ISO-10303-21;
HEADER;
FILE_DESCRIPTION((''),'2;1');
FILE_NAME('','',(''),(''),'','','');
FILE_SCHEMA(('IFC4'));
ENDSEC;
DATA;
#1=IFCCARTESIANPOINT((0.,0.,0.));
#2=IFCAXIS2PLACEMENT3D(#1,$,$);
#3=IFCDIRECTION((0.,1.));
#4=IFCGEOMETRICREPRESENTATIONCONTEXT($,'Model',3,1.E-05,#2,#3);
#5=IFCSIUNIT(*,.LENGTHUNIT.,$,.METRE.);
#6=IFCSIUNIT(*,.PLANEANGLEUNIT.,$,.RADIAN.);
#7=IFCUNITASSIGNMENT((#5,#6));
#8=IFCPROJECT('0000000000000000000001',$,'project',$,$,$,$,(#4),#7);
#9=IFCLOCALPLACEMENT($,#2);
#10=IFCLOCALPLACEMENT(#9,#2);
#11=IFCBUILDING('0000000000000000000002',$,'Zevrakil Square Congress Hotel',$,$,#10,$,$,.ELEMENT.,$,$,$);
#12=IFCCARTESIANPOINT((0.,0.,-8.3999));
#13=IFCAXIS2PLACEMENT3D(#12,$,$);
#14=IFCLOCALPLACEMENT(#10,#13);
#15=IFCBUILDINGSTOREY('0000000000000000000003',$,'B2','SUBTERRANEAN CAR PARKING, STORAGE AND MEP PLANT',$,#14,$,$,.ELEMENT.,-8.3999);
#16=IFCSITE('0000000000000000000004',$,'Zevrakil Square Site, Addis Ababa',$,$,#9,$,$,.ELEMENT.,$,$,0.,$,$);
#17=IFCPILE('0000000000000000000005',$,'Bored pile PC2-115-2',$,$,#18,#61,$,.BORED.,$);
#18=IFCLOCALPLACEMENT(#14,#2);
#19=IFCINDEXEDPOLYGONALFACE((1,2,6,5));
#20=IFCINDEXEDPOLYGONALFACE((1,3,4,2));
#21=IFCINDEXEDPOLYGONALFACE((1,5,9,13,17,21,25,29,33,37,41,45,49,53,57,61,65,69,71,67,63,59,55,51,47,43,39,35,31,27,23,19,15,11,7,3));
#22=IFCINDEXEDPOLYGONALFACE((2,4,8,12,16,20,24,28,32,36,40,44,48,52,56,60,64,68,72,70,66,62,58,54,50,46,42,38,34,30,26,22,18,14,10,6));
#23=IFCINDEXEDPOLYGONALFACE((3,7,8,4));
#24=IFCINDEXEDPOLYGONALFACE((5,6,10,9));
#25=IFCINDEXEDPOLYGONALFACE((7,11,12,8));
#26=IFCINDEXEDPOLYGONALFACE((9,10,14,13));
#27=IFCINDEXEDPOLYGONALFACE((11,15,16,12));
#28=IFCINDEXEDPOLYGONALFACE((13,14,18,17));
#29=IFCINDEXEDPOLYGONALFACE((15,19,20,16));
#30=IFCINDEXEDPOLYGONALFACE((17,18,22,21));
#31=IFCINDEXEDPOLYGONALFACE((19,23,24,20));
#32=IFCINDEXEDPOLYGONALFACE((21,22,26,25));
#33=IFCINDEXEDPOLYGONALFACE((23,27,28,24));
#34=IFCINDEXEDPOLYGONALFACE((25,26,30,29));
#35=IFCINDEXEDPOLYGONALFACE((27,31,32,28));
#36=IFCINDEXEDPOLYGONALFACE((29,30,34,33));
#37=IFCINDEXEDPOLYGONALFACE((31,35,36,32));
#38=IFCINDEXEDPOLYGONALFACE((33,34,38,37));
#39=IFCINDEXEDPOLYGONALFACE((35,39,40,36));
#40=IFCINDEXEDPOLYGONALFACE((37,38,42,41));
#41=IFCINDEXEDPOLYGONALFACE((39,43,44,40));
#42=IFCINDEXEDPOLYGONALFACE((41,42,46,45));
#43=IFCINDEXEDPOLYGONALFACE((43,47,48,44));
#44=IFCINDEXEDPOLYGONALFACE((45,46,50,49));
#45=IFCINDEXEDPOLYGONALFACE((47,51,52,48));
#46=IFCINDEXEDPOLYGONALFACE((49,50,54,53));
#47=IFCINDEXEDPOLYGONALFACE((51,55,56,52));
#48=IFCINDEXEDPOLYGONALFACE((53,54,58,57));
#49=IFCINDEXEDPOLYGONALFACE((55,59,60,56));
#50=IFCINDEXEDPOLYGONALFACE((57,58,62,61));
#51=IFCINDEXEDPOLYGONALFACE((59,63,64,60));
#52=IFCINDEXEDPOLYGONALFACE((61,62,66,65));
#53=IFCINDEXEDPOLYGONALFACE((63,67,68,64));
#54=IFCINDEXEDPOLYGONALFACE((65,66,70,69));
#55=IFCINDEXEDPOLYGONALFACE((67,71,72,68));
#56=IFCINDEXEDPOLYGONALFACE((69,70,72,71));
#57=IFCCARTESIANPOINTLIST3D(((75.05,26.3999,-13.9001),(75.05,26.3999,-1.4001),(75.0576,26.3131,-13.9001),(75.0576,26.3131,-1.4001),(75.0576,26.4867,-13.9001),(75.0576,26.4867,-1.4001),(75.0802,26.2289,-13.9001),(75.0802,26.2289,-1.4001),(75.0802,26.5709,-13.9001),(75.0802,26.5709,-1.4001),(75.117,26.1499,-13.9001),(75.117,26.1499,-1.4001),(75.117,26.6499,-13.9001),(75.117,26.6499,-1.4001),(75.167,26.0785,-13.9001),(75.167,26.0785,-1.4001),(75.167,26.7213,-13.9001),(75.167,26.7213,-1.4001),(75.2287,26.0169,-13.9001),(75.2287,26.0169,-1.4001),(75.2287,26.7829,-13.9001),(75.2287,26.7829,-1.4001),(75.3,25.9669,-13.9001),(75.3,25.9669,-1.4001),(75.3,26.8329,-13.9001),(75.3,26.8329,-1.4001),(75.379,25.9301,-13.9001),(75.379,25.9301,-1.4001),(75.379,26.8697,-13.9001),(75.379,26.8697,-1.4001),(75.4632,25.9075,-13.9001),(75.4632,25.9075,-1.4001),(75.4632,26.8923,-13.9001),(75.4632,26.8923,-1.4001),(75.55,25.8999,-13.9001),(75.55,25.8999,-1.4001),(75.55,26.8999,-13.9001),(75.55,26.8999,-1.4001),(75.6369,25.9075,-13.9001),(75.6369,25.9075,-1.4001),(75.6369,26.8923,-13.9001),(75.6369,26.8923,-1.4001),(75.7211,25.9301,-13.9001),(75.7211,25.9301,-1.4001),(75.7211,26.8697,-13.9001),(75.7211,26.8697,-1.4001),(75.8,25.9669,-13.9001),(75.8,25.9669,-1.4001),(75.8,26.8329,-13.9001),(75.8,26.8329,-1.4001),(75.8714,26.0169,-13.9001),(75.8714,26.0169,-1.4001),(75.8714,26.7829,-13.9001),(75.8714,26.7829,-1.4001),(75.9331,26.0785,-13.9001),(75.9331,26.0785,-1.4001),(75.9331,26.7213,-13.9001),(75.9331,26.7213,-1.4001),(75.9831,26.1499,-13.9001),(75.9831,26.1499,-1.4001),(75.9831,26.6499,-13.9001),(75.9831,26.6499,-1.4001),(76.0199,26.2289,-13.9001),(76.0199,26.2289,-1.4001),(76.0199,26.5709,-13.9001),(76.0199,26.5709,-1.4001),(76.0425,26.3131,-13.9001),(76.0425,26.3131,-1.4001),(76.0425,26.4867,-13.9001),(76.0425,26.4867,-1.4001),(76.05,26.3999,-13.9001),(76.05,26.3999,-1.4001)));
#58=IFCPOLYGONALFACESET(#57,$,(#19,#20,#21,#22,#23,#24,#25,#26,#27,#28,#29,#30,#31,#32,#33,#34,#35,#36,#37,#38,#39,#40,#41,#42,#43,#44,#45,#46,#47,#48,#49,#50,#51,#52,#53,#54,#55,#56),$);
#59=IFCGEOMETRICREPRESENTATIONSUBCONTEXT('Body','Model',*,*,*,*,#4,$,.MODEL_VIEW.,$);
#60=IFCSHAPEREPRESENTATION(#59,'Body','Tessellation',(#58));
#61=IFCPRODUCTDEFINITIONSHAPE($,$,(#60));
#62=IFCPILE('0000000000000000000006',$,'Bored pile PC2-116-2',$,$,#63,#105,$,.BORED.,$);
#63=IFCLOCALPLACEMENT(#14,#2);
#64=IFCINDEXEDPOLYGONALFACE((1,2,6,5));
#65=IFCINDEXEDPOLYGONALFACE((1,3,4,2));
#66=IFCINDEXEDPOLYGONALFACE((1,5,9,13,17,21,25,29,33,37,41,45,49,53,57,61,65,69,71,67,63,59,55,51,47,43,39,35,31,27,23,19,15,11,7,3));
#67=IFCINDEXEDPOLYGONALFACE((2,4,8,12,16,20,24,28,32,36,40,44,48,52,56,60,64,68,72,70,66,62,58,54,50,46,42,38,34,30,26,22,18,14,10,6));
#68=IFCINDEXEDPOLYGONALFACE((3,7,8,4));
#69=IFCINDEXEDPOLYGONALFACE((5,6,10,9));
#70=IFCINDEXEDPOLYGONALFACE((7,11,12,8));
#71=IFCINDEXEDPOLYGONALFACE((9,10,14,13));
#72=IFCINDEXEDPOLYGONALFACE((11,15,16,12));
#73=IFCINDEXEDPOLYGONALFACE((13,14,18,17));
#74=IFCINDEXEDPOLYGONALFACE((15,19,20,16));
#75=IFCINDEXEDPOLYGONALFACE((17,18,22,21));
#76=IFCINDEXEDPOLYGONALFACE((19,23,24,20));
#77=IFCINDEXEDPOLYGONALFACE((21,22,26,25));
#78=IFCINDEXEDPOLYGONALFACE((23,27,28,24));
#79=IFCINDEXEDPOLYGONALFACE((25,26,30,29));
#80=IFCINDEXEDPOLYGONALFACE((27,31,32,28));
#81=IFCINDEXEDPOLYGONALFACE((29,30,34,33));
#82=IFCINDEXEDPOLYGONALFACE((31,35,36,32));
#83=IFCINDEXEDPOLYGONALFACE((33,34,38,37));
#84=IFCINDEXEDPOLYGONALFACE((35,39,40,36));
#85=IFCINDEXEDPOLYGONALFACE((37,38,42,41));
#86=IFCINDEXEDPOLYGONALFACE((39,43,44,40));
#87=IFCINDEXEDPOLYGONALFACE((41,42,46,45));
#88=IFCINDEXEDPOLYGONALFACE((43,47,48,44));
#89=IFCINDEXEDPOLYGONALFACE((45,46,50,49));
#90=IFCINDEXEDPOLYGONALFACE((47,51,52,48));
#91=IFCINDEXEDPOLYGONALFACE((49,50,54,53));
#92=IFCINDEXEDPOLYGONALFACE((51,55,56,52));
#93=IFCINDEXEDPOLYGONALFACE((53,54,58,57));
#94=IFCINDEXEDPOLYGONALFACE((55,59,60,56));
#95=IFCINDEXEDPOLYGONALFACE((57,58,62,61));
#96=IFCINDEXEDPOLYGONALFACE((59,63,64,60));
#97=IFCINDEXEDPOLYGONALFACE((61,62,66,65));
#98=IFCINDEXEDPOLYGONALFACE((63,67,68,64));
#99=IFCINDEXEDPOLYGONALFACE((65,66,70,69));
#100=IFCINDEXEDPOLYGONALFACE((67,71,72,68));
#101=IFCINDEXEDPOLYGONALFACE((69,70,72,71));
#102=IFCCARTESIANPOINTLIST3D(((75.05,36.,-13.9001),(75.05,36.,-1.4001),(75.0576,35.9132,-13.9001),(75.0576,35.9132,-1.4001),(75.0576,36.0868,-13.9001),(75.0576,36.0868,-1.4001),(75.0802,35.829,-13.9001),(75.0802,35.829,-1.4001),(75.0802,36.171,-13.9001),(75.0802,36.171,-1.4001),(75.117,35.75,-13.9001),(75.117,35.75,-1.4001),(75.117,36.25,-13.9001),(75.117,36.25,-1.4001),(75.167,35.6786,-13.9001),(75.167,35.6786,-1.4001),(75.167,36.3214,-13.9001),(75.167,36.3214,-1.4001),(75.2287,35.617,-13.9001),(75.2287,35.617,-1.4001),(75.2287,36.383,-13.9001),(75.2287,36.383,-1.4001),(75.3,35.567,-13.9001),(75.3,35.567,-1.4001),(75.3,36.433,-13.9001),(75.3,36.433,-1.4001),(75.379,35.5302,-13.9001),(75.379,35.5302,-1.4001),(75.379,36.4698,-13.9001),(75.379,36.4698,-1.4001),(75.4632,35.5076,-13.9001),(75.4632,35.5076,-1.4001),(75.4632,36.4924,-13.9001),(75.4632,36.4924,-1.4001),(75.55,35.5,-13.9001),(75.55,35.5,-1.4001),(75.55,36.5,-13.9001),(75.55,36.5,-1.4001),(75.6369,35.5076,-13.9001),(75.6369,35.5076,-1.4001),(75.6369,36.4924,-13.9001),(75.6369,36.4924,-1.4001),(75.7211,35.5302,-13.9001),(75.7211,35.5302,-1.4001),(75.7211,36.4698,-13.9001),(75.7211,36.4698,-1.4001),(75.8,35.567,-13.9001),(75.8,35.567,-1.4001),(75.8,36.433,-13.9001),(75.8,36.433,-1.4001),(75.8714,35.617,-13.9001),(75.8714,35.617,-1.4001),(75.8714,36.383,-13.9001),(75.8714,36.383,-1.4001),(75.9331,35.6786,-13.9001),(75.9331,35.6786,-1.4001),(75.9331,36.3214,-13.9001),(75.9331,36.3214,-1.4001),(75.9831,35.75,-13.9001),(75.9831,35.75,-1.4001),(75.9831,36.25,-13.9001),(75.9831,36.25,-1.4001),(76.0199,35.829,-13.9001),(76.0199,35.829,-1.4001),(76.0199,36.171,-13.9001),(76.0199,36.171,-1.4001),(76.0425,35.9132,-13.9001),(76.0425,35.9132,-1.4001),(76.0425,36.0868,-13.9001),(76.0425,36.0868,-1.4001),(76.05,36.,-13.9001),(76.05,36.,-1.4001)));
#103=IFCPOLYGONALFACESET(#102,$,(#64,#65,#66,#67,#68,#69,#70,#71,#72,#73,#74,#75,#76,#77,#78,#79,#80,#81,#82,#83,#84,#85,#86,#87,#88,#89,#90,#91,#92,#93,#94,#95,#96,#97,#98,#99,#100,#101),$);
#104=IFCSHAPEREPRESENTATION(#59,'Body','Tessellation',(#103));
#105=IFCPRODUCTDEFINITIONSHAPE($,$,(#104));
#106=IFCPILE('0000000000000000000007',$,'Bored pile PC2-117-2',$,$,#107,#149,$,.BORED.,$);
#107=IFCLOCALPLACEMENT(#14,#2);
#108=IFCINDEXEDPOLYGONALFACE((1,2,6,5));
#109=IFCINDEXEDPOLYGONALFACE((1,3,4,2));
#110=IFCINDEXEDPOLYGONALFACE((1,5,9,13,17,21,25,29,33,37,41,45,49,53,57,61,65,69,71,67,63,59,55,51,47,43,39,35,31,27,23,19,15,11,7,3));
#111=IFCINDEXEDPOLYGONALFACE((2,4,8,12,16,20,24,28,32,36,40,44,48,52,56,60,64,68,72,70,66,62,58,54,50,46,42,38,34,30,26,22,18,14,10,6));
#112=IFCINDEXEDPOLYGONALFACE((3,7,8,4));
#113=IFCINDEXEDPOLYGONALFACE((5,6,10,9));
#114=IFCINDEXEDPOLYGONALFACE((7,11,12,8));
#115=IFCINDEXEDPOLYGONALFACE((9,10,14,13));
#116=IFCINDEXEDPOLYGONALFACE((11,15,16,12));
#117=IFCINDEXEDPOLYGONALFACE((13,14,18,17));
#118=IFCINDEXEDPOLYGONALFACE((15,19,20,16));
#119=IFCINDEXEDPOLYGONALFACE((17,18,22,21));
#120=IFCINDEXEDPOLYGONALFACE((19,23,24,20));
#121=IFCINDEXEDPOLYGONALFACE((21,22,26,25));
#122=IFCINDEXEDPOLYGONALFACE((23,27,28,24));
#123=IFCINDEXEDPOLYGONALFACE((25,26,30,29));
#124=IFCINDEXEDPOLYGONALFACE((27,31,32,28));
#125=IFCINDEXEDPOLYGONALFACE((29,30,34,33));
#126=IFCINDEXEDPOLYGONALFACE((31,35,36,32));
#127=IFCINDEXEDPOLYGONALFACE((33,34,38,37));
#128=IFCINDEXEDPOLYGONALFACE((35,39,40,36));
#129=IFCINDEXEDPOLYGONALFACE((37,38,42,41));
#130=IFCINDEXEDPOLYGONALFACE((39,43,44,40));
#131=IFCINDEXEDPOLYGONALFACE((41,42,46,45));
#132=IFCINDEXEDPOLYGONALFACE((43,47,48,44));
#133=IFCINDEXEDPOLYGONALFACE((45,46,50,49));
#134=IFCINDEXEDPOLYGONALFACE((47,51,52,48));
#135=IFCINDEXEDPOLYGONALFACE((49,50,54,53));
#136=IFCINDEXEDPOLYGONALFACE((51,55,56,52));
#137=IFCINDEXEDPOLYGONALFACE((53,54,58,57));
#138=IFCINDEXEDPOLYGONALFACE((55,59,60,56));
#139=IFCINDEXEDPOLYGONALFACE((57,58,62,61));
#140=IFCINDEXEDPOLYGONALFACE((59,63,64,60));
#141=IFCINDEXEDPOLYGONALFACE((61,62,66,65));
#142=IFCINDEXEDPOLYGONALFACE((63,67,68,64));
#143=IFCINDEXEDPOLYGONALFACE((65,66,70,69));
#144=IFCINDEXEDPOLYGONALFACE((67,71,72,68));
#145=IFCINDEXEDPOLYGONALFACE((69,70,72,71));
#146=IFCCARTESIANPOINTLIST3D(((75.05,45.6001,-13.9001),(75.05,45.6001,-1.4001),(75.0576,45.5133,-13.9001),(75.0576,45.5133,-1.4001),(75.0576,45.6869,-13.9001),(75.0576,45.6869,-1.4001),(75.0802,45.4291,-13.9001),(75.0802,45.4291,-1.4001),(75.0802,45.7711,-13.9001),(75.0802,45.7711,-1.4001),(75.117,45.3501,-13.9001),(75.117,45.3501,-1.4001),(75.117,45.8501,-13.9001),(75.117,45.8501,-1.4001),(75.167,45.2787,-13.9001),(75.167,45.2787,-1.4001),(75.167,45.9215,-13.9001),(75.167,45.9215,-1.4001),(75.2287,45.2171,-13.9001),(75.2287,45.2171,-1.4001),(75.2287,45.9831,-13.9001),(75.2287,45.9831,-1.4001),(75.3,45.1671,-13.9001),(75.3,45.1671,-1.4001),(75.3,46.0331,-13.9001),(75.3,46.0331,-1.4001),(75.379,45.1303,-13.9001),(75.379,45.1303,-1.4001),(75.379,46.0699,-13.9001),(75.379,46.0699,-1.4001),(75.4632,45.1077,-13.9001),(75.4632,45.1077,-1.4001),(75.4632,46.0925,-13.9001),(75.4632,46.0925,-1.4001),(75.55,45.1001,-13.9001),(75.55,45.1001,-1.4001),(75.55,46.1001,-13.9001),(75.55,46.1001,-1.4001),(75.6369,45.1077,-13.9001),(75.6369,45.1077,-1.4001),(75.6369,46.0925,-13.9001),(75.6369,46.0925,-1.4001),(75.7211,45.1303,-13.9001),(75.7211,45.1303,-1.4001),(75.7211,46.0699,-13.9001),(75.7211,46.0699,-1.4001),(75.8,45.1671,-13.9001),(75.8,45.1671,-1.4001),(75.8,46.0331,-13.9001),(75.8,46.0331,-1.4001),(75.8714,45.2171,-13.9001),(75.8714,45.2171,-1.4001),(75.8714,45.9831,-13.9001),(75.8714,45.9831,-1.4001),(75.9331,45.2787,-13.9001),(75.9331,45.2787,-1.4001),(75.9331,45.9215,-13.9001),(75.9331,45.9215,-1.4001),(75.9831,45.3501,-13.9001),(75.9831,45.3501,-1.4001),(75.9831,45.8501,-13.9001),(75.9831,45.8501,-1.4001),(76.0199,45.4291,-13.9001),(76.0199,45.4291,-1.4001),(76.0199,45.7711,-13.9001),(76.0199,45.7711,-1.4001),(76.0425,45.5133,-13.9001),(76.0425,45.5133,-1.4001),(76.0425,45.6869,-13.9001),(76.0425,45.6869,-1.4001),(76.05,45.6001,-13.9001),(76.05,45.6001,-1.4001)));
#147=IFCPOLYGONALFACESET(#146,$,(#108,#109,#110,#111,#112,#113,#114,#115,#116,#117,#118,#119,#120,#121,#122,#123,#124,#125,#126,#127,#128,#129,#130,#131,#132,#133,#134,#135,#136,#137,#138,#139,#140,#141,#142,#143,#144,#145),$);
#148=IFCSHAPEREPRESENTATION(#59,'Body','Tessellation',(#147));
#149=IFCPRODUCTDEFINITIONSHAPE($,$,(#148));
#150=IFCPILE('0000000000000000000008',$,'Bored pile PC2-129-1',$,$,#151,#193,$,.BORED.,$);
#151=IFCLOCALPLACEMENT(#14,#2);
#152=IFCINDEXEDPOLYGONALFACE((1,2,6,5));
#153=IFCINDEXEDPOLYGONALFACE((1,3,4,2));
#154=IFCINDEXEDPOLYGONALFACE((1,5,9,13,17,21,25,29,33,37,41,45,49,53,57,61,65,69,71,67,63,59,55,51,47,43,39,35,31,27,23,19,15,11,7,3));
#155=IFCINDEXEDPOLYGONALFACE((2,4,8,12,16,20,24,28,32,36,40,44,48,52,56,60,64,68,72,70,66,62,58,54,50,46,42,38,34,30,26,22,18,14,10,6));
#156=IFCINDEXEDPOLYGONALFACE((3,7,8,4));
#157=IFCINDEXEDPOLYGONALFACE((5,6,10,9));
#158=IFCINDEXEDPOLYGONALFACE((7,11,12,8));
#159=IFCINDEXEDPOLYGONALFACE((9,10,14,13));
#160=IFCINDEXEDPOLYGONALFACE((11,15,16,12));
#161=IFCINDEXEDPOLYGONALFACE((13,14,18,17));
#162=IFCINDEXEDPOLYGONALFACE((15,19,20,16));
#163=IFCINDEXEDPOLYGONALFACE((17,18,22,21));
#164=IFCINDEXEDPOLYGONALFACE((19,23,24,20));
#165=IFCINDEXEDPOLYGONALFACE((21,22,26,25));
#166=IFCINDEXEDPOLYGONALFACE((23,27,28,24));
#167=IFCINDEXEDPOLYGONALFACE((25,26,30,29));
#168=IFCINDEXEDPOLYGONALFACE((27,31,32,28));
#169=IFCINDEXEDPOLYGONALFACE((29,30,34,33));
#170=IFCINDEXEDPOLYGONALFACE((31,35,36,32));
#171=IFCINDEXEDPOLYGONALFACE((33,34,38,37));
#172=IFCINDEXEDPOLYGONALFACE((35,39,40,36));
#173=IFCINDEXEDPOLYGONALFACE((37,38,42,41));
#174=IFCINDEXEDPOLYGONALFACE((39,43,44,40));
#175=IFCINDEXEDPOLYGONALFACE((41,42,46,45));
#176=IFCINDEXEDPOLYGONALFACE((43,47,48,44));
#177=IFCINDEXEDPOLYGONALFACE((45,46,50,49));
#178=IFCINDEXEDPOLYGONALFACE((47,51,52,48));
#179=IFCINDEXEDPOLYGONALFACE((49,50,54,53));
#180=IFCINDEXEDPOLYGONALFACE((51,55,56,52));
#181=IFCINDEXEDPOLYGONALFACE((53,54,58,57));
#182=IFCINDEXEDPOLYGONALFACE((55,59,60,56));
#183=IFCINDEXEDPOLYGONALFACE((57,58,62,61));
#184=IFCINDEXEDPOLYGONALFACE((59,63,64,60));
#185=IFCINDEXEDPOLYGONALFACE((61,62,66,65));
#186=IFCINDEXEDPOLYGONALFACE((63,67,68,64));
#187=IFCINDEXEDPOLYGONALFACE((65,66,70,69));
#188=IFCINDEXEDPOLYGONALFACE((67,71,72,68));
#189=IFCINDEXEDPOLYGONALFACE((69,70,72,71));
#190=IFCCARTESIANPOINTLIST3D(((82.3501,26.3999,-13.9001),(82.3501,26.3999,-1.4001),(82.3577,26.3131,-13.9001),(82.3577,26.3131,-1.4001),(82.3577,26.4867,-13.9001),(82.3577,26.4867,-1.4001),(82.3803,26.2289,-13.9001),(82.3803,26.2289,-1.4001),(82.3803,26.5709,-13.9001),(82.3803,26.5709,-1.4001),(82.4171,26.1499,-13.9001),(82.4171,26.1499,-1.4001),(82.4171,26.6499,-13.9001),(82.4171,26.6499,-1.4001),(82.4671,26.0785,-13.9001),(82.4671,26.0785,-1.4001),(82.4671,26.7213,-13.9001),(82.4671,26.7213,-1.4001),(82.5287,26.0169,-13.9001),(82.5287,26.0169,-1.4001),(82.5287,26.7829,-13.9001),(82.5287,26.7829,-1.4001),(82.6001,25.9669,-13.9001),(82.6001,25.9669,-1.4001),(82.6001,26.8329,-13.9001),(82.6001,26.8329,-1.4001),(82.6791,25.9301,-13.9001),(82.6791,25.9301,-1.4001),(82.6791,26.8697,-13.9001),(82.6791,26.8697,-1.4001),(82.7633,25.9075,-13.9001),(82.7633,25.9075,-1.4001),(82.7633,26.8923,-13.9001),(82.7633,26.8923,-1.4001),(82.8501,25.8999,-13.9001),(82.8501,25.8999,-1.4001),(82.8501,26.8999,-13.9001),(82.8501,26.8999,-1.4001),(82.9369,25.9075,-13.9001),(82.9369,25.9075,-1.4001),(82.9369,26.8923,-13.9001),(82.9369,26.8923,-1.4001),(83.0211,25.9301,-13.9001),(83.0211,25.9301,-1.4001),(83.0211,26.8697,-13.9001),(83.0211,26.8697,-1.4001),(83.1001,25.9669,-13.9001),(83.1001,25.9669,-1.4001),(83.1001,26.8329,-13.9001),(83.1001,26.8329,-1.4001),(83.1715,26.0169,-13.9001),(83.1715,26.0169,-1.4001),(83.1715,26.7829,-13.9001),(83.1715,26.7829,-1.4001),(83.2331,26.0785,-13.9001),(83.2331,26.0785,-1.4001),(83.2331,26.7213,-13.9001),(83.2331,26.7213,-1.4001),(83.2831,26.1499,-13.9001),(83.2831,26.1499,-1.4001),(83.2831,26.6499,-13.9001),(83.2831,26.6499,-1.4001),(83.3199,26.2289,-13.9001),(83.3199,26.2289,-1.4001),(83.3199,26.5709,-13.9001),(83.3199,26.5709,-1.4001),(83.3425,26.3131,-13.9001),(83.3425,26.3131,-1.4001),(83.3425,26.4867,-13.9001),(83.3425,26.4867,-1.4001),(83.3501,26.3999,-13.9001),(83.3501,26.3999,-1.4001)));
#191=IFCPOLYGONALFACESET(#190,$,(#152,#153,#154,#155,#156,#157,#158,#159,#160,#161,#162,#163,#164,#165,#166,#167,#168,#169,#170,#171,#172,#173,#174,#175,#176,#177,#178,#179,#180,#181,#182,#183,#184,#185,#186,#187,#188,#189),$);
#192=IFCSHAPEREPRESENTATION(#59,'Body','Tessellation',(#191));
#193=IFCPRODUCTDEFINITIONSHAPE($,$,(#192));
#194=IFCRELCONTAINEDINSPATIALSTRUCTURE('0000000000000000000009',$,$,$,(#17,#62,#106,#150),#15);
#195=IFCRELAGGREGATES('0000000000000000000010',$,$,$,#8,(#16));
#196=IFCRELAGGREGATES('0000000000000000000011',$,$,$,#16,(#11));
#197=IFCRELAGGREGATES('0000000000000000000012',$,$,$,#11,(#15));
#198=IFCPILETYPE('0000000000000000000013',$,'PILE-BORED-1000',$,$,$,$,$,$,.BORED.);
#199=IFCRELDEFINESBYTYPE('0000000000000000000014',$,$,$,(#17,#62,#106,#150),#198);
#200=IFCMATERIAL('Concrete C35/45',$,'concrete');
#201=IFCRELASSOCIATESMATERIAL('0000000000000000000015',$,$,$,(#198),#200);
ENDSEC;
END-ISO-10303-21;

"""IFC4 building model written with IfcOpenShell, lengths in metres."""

from ifc_helpers import new_model, si_unit, direction, frame, origin, origin_2d, place, context, subcontext, project, spatial, circle, extrude, material, material_profile, profile_set, type_object, element, save


model = new_model("IFC4")

# Units and contexts
model_context = context("Model", 3, precision=1e-05, world=origin(), true_north=direction((0.0, 1.0)))
body_context = subcontext(model_context, "Body", "Model", "MODEL_VIEW")
ifc_project = project(units=[si_unit("LENGTHUNIT", "METRE"), si_unit("PLANEANGLEUNIT", "RADIAN")], contexts=[model_context])

# Site, building, storey
site_placement = place(None, origin())
site = spatial("IfcSite", under=ifc_project, at=site_placement, Name="Zevrakil Square Site, Addis Ababa", CompositionType="ELEMENT", RefElevation=0.0)
building_placement = place(site_placement, origin())
building = spatial("IfcBuilding", under=site, at=building_placement, Name="Zevrakil Square Congress Hotel", CompositionType="ELEMENT")
storey_placement = place(building_placement, frame((0.0, 0.0, -8.3999)))
storey = spatial("IfcBuildingStorey", under=building, at=storey_placement, Name="B2", Description="SUBTERRANEAN CAR PARKING, STORAGE AND MEP PLANT", CompositionType="ELEMENT", Elevation=-8.3999)

# Piles
ifc_material_1 = material(Name="Concrete C35/45", Category="concrete")
ifc_material_profile_1 = material_profile(ifc_material_1, circle(Radius=0.5, at=origin_2d()), Name="PILE D1000")
ifc_profile_set_1 = profile_set([ifc_material_profile_1], Name="Concrete C35/45")
pile_type = type_object("IfcPileType", Name="PILE-BORED-1000", PredefinedType="BORED", material=ifc_profile_set_1)
for number, where, z_axis, x_axis, name in (
    (1, (75.55, 26.3999, -1.4001), (0.0, 0.0, -1.0), (1.0, 0.0, 0.0), "Bored pile PC2-115-2"),
    (2, (75.55, 36.0, -1.4001), (0.0, 0.0, -1.0), (1.0, 0.0, 0.0), "Bored pile PC2-116-2"),
    (3, (75.55, 45.6001, -1.4001), (0.0, 0.0, -1.0), (1.0, 0.0, 0.0), "Bored pile PC2-117-2"),
    (4, (82.8501, 26.3999, -1.4001), (0.0, 0.0, -1.0), (1.0, 0.0, 0.0), "Bored pile PC2-129-1"),
):
    element("IfcPile", number, at=place(storey_placement, frame(where, z_axis=z_axis, x_axis=x_axis)), inside=storey, type_object=pile_type, Name=name, PredefinedType="BORED", context=body_context, shape_type="SweptSolid", body=[
        extrude(circle(Radius=0.5, at=origin_2d()), origin(), (0.0, 0.0, 1.0), 12.5),
    ])

save(model, "model.ifc")
